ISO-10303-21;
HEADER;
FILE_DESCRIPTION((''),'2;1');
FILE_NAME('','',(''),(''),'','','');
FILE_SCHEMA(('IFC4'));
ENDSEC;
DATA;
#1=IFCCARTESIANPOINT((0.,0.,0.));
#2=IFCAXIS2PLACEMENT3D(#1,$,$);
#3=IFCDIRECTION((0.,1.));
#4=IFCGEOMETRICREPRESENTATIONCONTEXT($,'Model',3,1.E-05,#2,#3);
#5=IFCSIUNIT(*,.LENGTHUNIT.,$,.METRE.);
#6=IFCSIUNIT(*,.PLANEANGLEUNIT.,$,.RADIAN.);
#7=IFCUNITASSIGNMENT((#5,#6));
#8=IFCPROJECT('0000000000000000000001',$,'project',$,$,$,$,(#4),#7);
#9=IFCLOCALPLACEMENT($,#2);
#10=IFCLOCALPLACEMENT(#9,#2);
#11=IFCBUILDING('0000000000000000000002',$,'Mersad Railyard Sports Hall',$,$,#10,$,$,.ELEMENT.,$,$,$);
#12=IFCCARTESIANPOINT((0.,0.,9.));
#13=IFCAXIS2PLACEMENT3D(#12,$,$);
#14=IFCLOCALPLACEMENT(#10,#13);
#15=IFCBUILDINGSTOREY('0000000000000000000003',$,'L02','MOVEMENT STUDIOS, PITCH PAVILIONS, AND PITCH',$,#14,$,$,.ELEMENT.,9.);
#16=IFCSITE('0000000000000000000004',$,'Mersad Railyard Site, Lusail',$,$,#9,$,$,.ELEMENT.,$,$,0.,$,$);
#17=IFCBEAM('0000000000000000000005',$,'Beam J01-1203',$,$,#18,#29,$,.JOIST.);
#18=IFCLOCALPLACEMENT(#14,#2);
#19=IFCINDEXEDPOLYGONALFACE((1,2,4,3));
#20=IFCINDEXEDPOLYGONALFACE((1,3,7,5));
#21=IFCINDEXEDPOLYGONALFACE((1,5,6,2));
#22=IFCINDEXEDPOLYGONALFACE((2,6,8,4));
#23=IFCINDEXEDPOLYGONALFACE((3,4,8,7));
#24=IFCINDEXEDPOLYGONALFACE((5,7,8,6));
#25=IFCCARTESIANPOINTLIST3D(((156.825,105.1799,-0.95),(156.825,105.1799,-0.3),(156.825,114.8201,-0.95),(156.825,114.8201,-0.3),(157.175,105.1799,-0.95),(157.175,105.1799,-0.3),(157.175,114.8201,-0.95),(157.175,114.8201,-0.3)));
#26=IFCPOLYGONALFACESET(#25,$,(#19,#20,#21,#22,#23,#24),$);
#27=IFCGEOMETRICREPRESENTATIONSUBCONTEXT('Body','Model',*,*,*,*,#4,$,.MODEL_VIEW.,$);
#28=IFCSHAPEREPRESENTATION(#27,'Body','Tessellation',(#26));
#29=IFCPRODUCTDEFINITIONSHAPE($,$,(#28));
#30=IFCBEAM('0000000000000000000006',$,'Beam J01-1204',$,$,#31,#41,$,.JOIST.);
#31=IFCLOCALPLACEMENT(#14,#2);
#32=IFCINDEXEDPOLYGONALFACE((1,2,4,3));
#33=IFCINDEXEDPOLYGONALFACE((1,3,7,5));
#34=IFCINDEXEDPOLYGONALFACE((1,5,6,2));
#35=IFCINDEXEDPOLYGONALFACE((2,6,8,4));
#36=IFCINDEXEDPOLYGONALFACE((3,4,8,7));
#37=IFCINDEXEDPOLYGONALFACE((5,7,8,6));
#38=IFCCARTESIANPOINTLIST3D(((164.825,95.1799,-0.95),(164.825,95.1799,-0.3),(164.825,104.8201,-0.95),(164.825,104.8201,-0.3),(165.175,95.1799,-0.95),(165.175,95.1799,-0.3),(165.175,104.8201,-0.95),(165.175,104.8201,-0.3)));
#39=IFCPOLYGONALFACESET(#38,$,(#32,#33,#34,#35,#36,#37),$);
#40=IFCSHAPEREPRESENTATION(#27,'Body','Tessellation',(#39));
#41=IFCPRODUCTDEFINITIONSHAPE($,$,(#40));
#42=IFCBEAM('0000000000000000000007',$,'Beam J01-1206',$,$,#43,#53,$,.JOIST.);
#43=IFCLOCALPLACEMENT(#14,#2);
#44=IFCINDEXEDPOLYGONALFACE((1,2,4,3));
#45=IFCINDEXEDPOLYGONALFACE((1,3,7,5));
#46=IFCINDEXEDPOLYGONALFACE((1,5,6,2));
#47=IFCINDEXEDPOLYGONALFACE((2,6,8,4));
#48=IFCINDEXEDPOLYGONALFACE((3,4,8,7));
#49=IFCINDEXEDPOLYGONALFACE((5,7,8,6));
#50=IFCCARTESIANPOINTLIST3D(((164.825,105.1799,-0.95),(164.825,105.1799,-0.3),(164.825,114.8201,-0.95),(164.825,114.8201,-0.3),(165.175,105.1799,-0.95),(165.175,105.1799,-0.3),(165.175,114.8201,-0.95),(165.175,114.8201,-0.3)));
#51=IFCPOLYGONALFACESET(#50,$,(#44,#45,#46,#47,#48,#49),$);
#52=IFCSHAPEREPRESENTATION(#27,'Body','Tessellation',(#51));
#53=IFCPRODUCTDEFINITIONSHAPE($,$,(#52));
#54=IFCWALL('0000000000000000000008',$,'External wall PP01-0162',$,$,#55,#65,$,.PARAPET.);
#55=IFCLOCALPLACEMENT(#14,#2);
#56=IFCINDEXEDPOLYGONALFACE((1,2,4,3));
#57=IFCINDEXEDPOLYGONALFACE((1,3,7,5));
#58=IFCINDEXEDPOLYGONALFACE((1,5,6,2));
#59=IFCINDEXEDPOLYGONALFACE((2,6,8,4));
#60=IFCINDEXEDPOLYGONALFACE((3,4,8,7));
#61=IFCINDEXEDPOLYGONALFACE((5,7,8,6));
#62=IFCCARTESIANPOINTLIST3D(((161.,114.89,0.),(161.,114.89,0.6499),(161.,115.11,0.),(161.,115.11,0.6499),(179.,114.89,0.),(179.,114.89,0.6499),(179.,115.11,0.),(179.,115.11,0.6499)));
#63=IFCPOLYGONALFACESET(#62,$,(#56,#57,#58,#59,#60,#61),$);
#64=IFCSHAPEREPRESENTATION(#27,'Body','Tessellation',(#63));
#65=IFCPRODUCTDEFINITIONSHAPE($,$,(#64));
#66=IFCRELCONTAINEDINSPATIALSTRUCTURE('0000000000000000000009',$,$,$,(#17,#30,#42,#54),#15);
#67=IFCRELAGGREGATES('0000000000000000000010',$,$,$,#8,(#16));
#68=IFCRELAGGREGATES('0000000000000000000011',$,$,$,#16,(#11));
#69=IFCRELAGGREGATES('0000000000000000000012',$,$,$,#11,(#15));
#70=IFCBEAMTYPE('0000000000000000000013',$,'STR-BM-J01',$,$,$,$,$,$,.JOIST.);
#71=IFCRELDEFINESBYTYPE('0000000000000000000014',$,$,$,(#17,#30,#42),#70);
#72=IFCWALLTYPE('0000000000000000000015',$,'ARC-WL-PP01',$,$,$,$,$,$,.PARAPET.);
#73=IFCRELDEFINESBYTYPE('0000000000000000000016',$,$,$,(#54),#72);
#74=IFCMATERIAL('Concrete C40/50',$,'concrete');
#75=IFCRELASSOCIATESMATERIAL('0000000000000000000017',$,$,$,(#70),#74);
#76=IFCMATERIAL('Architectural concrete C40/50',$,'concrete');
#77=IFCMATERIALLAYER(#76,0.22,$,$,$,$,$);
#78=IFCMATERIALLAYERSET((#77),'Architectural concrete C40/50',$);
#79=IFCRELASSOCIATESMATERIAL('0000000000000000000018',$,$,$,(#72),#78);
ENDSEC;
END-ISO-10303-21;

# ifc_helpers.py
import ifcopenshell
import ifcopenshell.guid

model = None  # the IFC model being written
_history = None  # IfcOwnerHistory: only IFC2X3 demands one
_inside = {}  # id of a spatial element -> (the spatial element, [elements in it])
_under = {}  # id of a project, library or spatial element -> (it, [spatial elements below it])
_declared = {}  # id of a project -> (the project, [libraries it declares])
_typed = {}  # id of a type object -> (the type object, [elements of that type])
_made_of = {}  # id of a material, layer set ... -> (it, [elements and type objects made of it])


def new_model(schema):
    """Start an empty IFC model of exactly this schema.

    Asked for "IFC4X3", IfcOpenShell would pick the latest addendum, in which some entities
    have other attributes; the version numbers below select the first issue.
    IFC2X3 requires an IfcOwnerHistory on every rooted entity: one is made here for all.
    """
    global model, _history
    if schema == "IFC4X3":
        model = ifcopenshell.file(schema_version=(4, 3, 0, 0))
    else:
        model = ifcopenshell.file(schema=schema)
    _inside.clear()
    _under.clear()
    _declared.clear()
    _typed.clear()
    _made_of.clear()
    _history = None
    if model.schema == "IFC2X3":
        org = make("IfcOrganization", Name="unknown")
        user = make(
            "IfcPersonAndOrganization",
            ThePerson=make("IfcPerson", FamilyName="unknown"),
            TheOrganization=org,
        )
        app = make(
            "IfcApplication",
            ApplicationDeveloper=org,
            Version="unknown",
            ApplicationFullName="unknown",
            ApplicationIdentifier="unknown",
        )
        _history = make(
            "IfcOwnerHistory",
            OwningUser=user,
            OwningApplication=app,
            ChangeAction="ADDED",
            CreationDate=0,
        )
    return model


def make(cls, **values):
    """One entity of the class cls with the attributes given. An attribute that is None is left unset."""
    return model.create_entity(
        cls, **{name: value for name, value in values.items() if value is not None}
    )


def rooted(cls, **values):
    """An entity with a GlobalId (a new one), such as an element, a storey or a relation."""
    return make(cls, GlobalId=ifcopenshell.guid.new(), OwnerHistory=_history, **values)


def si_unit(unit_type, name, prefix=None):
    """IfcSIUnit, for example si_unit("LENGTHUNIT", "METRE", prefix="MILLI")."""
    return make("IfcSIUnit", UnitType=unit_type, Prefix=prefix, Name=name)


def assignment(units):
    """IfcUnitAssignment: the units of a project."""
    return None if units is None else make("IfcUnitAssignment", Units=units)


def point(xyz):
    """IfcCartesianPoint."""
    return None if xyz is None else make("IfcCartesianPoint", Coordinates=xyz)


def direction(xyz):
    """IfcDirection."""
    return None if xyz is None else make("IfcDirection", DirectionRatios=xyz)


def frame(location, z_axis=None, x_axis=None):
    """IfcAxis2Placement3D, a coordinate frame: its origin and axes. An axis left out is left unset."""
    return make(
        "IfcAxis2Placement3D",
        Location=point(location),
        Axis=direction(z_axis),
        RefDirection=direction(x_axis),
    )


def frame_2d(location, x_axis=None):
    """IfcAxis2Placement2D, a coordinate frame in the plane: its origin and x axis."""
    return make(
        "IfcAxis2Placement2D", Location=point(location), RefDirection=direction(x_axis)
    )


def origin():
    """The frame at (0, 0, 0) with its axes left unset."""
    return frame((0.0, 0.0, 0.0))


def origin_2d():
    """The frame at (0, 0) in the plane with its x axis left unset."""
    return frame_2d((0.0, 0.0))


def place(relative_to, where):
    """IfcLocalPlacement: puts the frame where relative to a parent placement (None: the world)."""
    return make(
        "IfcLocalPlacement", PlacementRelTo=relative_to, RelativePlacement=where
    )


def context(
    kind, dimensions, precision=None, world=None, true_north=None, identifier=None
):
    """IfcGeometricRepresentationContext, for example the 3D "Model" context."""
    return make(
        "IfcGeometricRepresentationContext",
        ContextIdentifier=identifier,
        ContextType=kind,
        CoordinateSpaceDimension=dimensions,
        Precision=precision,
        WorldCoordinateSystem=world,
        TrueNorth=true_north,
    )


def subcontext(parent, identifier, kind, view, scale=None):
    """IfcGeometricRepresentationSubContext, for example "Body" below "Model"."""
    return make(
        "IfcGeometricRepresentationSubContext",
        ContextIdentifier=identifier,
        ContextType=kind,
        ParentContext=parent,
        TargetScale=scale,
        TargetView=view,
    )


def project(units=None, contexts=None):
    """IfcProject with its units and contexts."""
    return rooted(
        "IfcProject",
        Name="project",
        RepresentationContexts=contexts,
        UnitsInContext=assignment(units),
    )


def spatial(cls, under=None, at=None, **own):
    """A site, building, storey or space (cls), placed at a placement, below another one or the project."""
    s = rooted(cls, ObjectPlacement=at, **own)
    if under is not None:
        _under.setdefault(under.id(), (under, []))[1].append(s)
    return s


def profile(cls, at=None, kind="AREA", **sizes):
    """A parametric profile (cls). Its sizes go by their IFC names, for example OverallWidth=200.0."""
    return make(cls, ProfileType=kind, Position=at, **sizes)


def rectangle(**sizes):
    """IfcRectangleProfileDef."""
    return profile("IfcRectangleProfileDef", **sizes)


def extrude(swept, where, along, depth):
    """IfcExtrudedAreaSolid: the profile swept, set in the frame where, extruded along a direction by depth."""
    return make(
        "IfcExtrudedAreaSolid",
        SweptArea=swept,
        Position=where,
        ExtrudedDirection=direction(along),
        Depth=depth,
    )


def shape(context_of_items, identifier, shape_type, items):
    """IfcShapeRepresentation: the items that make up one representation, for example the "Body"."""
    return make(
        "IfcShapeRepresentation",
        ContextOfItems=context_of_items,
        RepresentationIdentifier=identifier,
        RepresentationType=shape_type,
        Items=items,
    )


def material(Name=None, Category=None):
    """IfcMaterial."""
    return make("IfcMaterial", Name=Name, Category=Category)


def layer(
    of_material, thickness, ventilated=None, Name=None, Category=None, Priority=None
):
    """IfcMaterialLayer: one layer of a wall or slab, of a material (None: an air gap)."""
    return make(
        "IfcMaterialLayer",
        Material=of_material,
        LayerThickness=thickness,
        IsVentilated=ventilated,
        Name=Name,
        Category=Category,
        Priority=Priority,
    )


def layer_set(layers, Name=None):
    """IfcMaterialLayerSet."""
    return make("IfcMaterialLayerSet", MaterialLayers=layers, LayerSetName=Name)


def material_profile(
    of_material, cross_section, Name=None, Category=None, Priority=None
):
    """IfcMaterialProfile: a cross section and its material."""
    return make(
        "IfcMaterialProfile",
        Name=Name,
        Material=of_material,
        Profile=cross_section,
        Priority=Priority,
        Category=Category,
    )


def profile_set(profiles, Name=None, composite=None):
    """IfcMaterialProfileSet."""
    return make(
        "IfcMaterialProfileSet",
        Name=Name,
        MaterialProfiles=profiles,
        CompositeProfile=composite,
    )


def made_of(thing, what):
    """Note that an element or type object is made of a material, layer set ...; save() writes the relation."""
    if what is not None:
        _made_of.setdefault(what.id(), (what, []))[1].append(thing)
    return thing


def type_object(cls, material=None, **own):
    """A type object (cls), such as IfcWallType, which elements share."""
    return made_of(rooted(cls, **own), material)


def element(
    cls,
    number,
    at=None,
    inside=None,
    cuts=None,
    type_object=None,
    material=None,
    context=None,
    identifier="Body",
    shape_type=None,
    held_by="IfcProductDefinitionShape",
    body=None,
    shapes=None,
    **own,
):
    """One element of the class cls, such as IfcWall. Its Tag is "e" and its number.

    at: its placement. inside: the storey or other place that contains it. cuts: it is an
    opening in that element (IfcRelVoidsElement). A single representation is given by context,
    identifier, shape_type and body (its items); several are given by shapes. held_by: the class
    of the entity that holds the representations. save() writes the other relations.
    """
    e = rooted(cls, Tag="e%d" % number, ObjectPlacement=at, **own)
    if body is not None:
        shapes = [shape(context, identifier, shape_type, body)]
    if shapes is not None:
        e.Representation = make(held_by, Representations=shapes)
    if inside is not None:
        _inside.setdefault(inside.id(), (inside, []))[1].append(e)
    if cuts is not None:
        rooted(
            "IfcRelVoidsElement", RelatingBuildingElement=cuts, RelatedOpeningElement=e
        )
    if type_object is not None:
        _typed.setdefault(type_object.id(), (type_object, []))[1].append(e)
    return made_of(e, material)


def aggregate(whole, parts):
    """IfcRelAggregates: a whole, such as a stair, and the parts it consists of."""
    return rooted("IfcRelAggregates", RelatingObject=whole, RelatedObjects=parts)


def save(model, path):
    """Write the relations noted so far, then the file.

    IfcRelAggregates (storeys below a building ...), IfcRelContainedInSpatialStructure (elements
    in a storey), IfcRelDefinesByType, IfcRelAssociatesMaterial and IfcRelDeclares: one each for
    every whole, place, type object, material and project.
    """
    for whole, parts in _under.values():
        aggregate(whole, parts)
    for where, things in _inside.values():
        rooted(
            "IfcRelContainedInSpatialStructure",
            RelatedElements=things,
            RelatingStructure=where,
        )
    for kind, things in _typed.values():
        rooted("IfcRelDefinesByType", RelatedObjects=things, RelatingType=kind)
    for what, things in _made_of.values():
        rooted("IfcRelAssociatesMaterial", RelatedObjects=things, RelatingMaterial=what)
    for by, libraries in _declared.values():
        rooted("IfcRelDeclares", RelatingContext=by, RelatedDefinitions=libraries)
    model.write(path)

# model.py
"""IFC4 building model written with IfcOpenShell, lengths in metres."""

from ifc_helpers import new_model, si_unit, direction, frame, frame_2d, origin, origin_2d, place, context, subcontext, project, spatial, rectangle, extrude, material, layer, layer_set, material_profile, profile_set, type_object, element, save


model = new_model("IFC4")

# Units and contexts
model_context = context("Model", 3, precision=1e-05, world=origin(), true_north=direction((0.0, 1.0)))
body_context = subcontext(model_context, "Body", "Model", "MODEL_VIEW")
ifc_project = project(units=[si_unit("LENGTHUNIT", "METRE"), si_unit("PLANEANGLEUNIT", "RADIAN")], contexts=[model_context])

# Site, building, storey
site_placement = place(None, origin())
site = spatial("IfcSite", under=ifc_project, at=site_placement, Name="Mersad Railyard Site, Lusail", CompositionType="ELEMENT", RefElevation=0.0)
building_placement = place(site_placement, origin())
building = spatial("IfcBuilding", under=site, at=building_placement, Name="Mersad Railyard Sports Hall", CompositionType="ELEMENT")
storey_placement = place(building_placement, frame((0.0, 0.0, 9.0)))
storey = spatial("IfcBuildingStorey", under=building, at=storey_placement, Name="L02", Description="MOVEMENT STUDIOS, PITCH PAVILIONS, AND PITCH", CompositionType="ELEMENT", Elevation=9.0)

# Beams
ifc_material_1 = material(Name="Concrete C40/50", Category="concrete")
ifc_material_profile_1 = material_profile(ifc_material_1, rectangle(XDim=0.3501, YDim=0.6499, at=origin_2d()), Name="RC 350x650")
ifc_profile_set_1 = profile_set([ifc_material_profile_1], Name="Concrete C40/50")
beam_type_1 = type_object("IfcBeamType", Name="STR-BM-J01", PredefinedType="JOIST", material=ifc_profile_set_1)
for number, where, z_axis, x_axis, name in (
    (1, (157.0, 105.1799, -0.625), (0.0, 1.0, 0.0), (-1.0, 0.0, 0.0), "Beam J01-1203"),
    (2, (165.0, 95.1799, -0.625), (0.0, 1.0, 0.0), (-1.0, 0.0, 0.0), "Beam J01-1204"),
    (3, (165.0, 105.1799, -0.625), (0.0, 1.0, 0.0), (-1.0, 0.0, 0.0), "Beam J01-1206"),
):
    element("IfcBeam", number, at=place(storey_placement, frame(where, z_axis=z_axis, x_axis=x_axis)), inside=storey, type_object=beam_type_1, Name=name, PredefinedType="JOIST", context=body_context, shape_type="SweptSolid", body=[
        extrude(rectangle(XDim=0.3501, YDim=0.6499, at=origin_2d()), origin(), (0.0, 0.0, 1.0), 9.6401),
    ])

# Wall
ifc_material_2 = material(Name="Architectural concrete C40/50", Category="concrete")
ifc_layer = layer(ifc_material_2, 0.22)
ifc_layer_set = layer_set([ifc_layer], Name="Architectural concrete C40/50")
wall_type = type_object("IfcWallType", Name="ARC-WL-PP01", PredefinedType="PARAPET", material=ifc_layer_set)
wall_placement = place(storey_placement, frame((161.0, 115.0, 0.0), z_axis=(0.0, 0.0, 1.0), x_axis=(1.0, 0.0, 0.0)))
element("IfcWall", 4, at=wall_placement, inside=storey, type_object=wall_type, Name="External wall PP01-0162", PredefinedType="PARAPET", context=body_context, shape_type="SweptSolid", body=[
    extrude(rectangle(XDim=18.0, YDim=0.22, at=frame_2d((9.0, 0.0))), origin(), (0.0, 0.0, 1.0), 0.6499),
])

save(model, "model.ifc")
